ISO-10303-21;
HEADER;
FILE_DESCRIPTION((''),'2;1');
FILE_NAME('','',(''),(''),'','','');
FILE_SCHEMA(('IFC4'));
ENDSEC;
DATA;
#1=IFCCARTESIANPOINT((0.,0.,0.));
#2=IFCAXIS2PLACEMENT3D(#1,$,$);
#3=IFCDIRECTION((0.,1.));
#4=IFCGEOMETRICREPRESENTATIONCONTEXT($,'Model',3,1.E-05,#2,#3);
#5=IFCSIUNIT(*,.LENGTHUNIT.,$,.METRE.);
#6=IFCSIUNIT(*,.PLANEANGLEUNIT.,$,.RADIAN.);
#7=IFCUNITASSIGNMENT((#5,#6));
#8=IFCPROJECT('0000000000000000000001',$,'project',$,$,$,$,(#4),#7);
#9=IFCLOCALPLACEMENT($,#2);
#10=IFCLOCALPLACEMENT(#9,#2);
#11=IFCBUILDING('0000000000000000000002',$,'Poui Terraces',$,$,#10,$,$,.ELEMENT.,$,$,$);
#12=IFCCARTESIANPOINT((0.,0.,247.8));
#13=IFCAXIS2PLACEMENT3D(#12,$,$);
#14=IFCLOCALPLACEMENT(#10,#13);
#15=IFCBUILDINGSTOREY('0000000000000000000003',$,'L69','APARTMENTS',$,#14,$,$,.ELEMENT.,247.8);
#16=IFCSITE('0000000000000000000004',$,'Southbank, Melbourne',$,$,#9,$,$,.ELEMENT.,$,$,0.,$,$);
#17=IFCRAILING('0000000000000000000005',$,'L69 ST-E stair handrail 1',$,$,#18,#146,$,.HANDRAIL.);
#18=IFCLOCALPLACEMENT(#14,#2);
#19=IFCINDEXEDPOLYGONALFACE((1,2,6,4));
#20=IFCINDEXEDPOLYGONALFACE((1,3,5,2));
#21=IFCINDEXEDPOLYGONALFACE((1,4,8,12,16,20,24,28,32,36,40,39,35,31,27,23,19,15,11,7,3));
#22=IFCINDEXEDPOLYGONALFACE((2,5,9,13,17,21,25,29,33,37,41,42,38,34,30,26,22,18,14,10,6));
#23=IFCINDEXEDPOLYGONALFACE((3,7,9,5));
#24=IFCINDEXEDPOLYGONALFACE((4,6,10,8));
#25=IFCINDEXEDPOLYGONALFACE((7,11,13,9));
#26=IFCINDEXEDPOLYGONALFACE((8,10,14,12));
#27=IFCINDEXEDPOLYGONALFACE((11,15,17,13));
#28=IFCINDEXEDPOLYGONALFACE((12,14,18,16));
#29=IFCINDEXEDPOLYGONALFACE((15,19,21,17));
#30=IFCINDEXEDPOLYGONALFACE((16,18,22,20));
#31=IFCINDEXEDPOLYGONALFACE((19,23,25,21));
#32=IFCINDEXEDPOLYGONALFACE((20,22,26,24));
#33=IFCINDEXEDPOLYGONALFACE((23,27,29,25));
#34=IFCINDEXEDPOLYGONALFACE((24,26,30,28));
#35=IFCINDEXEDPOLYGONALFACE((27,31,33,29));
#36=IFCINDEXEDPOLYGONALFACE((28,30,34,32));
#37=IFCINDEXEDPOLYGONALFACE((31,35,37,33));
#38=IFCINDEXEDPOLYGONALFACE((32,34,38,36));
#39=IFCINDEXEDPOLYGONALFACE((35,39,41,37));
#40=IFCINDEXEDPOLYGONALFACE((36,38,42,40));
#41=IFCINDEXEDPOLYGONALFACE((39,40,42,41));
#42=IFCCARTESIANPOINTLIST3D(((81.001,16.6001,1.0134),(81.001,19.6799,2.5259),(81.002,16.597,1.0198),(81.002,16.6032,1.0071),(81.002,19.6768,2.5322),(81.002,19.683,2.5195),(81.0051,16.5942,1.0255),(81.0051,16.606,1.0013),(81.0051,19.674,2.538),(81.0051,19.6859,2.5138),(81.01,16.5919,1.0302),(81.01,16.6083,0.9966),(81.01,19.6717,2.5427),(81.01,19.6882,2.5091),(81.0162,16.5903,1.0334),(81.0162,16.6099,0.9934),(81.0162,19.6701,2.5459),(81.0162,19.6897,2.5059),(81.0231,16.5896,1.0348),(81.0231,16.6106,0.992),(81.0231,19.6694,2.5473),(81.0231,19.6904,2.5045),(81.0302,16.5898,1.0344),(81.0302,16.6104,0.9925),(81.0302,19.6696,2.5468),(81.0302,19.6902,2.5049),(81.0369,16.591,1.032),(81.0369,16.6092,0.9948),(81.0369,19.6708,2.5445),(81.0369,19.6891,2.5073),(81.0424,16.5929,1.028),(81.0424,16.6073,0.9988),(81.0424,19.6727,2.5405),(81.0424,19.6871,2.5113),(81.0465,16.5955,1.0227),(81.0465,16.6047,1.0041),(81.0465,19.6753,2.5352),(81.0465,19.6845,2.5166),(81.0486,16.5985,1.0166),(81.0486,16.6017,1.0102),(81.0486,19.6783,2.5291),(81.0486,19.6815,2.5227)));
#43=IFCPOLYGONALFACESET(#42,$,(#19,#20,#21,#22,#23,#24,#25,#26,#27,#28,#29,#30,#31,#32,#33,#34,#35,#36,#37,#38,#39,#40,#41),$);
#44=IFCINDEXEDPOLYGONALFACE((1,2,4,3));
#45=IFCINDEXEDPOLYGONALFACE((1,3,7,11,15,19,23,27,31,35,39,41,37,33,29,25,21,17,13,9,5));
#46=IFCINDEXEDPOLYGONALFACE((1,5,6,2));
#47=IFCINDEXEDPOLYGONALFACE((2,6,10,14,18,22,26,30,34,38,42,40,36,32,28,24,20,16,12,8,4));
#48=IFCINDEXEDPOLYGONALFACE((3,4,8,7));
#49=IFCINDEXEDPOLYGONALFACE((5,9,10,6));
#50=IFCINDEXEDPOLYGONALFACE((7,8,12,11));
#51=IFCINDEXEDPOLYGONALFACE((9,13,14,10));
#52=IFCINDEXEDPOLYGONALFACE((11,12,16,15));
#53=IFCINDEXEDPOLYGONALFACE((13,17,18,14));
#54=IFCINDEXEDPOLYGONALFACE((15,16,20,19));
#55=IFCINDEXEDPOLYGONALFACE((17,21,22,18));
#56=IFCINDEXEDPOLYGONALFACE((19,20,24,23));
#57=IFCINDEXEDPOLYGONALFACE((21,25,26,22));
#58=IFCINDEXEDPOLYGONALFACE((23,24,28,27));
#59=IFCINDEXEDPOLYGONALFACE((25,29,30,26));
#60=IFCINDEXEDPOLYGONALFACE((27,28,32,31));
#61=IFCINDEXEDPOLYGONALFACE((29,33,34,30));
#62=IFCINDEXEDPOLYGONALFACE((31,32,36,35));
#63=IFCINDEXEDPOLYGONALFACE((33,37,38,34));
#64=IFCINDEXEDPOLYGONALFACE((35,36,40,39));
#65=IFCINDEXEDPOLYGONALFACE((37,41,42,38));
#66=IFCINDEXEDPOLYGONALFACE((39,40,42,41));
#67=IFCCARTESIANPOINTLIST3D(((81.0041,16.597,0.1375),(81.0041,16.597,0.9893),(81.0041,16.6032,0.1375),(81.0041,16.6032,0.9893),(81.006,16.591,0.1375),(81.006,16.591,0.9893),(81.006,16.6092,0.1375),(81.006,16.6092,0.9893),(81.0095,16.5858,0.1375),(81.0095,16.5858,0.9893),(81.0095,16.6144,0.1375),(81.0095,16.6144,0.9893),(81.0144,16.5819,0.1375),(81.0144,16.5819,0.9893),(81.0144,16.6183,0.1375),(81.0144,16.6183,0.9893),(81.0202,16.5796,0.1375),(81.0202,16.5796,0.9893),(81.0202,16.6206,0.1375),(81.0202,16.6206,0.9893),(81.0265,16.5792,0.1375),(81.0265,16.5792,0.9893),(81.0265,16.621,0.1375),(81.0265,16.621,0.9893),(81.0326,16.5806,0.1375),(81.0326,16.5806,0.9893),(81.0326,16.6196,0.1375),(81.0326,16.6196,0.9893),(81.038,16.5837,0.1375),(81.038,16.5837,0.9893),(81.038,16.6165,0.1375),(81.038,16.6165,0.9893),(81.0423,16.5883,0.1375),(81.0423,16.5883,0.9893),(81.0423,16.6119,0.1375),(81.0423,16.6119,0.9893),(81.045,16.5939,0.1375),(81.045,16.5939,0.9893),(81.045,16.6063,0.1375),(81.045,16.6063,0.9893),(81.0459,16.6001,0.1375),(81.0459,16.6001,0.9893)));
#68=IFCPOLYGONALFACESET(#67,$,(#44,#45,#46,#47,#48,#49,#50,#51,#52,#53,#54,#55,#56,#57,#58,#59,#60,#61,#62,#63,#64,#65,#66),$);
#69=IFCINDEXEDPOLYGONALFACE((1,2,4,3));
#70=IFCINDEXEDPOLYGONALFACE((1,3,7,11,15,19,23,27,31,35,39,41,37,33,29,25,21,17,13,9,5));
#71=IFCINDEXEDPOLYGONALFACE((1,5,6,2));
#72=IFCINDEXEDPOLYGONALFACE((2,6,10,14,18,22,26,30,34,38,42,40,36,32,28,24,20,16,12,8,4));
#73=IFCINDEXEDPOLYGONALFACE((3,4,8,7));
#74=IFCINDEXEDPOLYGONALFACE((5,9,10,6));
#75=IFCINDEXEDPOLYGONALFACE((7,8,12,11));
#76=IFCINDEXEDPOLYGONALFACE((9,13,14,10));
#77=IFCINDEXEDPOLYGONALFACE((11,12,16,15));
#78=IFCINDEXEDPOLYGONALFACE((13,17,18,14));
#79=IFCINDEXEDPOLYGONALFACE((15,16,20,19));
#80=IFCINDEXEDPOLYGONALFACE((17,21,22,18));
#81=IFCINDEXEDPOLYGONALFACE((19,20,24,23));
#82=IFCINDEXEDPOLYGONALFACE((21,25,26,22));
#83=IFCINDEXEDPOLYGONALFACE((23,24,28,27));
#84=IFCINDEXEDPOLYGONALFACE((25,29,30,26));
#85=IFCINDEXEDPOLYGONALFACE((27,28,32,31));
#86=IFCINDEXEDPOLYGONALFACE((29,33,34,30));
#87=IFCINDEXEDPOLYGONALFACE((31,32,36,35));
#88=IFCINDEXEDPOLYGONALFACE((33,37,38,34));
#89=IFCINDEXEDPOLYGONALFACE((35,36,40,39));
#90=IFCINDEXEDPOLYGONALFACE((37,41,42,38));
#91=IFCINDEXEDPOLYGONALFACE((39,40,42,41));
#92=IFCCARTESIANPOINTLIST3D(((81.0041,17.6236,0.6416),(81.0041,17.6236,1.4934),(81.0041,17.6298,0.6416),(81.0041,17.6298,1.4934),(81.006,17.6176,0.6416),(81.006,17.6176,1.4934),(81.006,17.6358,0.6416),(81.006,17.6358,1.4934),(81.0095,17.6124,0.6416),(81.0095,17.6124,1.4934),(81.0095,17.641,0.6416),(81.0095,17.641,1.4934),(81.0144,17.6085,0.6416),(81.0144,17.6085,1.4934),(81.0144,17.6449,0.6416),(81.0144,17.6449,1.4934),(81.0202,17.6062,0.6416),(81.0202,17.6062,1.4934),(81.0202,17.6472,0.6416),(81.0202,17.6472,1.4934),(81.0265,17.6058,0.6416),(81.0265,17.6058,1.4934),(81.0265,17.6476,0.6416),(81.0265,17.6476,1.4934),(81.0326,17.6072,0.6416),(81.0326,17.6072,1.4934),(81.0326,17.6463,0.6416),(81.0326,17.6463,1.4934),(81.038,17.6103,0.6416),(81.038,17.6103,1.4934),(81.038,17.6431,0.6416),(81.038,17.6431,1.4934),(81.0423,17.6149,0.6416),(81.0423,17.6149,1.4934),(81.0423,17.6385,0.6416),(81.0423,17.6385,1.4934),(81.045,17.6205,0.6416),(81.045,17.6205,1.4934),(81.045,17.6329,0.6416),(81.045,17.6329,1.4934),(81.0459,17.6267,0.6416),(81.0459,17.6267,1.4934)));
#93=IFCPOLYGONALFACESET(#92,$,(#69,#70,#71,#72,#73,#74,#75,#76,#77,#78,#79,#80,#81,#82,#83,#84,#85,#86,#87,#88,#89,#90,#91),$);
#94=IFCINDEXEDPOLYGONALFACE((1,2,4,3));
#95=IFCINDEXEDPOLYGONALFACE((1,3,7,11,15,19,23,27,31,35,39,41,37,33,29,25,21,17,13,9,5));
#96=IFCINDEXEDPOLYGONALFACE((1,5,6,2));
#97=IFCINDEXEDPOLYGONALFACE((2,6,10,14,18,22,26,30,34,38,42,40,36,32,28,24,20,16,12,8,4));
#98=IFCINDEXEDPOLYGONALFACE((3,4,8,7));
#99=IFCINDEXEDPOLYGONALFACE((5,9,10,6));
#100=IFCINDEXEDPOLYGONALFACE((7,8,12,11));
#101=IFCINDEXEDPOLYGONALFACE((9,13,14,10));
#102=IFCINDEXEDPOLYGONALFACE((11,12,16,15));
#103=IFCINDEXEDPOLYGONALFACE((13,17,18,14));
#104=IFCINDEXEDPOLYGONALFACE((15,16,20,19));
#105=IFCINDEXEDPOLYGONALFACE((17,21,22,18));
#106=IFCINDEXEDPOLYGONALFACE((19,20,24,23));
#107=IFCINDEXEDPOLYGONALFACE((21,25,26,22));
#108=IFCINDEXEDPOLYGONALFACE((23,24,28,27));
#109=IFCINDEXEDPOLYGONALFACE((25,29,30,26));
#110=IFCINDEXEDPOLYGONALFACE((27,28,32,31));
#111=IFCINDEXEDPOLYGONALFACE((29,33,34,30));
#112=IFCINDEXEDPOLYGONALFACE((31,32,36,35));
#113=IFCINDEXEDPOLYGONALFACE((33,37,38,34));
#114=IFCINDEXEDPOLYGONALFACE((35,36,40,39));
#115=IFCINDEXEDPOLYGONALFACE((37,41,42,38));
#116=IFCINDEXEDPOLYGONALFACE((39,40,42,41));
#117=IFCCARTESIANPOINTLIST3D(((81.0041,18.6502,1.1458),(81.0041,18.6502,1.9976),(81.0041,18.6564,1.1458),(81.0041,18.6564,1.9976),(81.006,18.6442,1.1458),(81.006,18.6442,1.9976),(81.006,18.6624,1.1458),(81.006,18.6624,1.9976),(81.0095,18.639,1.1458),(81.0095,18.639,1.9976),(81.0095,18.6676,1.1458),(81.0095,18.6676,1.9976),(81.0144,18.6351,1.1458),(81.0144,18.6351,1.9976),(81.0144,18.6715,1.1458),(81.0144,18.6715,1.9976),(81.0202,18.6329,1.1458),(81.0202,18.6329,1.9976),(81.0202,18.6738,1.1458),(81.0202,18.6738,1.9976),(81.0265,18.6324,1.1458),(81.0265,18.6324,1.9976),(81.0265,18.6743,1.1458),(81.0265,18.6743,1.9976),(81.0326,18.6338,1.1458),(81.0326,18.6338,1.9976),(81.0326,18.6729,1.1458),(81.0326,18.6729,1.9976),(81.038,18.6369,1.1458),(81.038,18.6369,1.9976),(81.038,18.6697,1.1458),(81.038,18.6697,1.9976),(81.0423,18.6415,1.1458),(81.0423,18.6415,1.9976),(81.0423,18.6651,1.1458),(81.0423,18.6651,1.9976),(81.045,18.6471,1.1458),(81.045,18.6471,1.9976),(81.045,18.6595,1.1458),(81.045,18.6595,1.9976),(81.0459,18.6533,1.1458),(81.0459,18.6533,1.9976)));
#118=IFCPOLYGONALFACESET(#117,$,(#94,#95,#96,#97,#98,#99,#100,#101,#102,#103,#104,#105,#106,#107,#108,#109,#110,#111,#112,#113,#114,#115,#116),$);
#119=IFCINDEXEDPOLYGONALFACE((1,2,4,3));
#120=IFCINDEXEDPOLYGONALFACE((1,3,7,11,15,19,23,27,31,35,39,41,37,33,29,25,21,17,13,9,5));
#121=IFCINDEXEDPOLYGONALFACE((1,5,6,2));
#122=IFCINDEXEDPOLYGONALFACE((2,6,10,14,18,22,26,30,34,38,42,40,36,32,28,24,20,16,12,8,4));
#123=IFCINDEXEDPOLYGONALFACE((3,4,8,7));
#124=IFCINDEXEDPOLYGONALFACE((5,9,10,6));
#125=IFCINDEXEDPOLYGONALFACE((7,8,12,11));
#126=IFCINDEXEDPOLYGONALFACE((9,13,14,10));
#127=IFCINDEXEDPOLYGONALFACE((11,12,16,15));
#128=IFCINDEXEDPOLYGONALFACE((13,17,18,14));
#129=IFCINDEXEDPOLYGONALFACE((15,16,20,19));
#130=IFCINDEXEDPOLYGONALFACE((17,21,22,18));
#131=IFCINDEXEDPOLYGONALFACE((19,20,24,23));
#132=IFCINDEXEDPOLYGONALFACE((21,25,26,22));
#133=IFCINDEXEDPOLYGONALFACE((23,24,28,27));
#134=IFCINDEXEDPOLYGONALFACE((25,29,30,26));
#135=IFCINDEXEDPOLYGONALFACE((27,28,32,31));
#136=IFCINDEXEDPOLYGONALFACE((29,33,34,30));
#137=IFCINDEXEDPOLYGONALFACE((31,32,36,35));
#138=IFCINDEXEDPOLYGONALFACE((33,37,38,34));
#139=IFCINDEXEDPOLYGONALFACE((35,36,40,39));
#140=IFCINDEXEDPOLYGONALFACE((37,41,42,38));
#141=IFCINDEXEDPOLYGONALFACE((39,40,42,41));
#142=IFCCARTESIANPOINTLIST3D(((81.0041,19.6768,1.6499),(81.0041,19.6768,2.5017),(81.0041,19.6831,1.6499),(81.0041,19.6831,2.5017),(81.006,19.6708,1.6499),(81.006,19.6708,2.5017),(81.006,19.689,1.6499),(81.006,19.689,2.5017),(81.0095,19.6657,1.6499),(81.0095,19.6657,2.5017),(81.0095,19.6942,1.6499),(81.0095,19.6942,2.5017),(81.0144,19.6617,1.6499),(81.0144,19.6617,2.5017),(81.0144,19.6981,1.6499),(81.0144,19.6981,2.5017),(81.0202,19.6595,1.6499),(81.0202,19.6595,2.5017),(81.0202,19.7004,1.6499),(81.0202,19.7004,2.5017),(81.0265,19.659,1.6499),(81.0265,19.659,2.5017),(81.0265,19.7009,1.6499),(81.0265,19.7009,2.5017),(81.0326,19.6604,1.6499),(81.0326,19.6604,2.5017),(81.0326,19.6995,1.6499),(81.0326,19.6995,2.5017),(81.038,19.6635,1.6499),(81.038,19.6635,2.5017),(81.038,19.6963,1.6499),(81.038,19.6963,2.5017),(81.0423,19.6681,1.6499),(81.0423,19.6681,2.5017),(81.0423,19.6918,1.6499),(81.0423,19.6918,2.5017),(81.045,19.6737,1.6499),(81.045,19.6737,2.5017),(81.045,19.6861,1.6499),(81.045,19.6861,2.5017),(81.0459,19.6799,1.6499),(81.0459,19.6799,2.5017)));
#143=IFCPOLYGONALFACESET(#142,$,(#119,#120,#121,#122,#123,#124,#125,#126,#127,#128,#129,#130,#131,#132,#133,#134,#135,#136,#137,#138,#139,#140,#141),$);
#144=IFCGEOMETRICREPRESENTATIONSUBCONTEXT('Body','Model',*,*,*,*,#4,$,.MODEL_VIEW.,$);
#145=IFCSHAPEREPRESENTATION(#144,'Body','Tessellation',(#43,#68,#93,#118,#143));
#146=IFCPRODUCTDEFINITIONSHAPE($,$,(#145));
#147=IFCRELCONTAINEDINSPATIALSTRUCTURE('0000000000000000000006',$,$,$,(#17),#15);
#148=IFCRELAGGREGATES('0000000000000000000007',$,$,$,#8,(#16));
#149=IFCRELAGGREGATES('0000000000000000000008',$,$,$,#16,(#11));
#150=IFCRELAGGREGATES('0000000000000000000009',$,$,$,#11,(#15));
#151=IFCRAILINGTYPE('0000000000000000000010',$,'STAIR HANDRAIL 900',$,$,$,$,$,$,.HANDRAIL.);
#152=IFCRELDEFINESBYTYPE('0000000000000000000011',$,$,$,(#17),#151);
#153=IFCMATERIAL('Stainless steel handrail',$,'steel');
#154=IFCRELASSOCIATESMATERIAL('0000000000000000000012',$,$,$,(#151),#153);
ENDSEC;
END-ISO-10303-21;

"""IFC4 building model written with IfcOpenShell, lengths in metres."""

from ifc_helpers import new_model, si_unit, direction, frame, origin, origin_2d, place, context, subcontext, project, spatial, circle, extrude, material, type_object, element, save


model = new_model("IFC4")

# Units and contexts
model_context = context("Model", 3, precision=1e-05, world=origin(), true_north=direction((0.0, 1.0)))
body_context = subcontext(model_context, "Body", "Model", "MODEL_VIEW")
ifc_project = project(units=[si_unit("LENGTHUNIT", "METRE"), si_unit("PLANEANGLEUNIT", "RADIAN")], contexts=[model_context])

# Site, building, storey
site_placement = place(None, origin())
site = spatial("IfcSite", under=ifc_project, at=site_placement, Name="Southbank, Melbourne", CompositionType="ELEMENT", RefElevation=0.0)
building_placement = place(site_placement, origin())
building = spatial("IfcBuilding", under=site, at=building_placement, Name="Poui Terraces", CompositionType="ELEMENT")
storey_placement = place(building_placement, frame((0.0, 0.0, 247.8)))
storey = spatial("IfcBuildingStorey", under=building, at=storey_placement, Name="L69", Description="APARTMENTS", CompositionType="ELEMENT", Elevation=247.8)

# Railing
ifc_material_1 = material(Name="Stainless steel handrail", Category="steel")
railing_type_1 = type_object("IfcRailingType", Name="STAIR HANDRAIL 900", PredefinedType="HANDRAIL", material=ifc_material_1)
railing_1_placement = place(storey_placement, frame((81.0249, 16.6001, 0.1375)))
element("IfcRailing", 1, at=railing_1_placement, inside=storey, type_object=railing_type_1, Name="L69 ST-E stair handrail 1", PredefinedType="HANDRAIL", context=body_context, shape_type="SweptSolid", body=[
    extrude(circle(Radius=0.0239, at=origin_2d()), frame((0.0, 0.0, 0.876), z_axis=(0.0, 0.897606, 0.440798), x_axis=(-1.0, 0.0, 0.0)), (0.0, 0.0, 1.0), 3.4312),
    extrude(circle(Radius=0.021, at=origin_2d()), origin(), (0.0, 0.0, 1.0), 0.8518),
    extrude(circle(Radius=0.021, at=origin_2d()), frame((0.0, 1.0266, 0.5042)), (0.0, 0.0, 1.0), 0.8518),
    extrude(circle(Radius=0.021, at=origin_2d()), frame((0.0, 2.0532, 1.0083)), (0.0, 0.0, 1.0), 0.8518),
    extrude(circle(Radius=0.021, at=origin_2d()), frame((0.0, 3.0798, 1.5125)), (0.0, 0.0, 1.0), 0.8518),
])

save(model, "model.ifc")
